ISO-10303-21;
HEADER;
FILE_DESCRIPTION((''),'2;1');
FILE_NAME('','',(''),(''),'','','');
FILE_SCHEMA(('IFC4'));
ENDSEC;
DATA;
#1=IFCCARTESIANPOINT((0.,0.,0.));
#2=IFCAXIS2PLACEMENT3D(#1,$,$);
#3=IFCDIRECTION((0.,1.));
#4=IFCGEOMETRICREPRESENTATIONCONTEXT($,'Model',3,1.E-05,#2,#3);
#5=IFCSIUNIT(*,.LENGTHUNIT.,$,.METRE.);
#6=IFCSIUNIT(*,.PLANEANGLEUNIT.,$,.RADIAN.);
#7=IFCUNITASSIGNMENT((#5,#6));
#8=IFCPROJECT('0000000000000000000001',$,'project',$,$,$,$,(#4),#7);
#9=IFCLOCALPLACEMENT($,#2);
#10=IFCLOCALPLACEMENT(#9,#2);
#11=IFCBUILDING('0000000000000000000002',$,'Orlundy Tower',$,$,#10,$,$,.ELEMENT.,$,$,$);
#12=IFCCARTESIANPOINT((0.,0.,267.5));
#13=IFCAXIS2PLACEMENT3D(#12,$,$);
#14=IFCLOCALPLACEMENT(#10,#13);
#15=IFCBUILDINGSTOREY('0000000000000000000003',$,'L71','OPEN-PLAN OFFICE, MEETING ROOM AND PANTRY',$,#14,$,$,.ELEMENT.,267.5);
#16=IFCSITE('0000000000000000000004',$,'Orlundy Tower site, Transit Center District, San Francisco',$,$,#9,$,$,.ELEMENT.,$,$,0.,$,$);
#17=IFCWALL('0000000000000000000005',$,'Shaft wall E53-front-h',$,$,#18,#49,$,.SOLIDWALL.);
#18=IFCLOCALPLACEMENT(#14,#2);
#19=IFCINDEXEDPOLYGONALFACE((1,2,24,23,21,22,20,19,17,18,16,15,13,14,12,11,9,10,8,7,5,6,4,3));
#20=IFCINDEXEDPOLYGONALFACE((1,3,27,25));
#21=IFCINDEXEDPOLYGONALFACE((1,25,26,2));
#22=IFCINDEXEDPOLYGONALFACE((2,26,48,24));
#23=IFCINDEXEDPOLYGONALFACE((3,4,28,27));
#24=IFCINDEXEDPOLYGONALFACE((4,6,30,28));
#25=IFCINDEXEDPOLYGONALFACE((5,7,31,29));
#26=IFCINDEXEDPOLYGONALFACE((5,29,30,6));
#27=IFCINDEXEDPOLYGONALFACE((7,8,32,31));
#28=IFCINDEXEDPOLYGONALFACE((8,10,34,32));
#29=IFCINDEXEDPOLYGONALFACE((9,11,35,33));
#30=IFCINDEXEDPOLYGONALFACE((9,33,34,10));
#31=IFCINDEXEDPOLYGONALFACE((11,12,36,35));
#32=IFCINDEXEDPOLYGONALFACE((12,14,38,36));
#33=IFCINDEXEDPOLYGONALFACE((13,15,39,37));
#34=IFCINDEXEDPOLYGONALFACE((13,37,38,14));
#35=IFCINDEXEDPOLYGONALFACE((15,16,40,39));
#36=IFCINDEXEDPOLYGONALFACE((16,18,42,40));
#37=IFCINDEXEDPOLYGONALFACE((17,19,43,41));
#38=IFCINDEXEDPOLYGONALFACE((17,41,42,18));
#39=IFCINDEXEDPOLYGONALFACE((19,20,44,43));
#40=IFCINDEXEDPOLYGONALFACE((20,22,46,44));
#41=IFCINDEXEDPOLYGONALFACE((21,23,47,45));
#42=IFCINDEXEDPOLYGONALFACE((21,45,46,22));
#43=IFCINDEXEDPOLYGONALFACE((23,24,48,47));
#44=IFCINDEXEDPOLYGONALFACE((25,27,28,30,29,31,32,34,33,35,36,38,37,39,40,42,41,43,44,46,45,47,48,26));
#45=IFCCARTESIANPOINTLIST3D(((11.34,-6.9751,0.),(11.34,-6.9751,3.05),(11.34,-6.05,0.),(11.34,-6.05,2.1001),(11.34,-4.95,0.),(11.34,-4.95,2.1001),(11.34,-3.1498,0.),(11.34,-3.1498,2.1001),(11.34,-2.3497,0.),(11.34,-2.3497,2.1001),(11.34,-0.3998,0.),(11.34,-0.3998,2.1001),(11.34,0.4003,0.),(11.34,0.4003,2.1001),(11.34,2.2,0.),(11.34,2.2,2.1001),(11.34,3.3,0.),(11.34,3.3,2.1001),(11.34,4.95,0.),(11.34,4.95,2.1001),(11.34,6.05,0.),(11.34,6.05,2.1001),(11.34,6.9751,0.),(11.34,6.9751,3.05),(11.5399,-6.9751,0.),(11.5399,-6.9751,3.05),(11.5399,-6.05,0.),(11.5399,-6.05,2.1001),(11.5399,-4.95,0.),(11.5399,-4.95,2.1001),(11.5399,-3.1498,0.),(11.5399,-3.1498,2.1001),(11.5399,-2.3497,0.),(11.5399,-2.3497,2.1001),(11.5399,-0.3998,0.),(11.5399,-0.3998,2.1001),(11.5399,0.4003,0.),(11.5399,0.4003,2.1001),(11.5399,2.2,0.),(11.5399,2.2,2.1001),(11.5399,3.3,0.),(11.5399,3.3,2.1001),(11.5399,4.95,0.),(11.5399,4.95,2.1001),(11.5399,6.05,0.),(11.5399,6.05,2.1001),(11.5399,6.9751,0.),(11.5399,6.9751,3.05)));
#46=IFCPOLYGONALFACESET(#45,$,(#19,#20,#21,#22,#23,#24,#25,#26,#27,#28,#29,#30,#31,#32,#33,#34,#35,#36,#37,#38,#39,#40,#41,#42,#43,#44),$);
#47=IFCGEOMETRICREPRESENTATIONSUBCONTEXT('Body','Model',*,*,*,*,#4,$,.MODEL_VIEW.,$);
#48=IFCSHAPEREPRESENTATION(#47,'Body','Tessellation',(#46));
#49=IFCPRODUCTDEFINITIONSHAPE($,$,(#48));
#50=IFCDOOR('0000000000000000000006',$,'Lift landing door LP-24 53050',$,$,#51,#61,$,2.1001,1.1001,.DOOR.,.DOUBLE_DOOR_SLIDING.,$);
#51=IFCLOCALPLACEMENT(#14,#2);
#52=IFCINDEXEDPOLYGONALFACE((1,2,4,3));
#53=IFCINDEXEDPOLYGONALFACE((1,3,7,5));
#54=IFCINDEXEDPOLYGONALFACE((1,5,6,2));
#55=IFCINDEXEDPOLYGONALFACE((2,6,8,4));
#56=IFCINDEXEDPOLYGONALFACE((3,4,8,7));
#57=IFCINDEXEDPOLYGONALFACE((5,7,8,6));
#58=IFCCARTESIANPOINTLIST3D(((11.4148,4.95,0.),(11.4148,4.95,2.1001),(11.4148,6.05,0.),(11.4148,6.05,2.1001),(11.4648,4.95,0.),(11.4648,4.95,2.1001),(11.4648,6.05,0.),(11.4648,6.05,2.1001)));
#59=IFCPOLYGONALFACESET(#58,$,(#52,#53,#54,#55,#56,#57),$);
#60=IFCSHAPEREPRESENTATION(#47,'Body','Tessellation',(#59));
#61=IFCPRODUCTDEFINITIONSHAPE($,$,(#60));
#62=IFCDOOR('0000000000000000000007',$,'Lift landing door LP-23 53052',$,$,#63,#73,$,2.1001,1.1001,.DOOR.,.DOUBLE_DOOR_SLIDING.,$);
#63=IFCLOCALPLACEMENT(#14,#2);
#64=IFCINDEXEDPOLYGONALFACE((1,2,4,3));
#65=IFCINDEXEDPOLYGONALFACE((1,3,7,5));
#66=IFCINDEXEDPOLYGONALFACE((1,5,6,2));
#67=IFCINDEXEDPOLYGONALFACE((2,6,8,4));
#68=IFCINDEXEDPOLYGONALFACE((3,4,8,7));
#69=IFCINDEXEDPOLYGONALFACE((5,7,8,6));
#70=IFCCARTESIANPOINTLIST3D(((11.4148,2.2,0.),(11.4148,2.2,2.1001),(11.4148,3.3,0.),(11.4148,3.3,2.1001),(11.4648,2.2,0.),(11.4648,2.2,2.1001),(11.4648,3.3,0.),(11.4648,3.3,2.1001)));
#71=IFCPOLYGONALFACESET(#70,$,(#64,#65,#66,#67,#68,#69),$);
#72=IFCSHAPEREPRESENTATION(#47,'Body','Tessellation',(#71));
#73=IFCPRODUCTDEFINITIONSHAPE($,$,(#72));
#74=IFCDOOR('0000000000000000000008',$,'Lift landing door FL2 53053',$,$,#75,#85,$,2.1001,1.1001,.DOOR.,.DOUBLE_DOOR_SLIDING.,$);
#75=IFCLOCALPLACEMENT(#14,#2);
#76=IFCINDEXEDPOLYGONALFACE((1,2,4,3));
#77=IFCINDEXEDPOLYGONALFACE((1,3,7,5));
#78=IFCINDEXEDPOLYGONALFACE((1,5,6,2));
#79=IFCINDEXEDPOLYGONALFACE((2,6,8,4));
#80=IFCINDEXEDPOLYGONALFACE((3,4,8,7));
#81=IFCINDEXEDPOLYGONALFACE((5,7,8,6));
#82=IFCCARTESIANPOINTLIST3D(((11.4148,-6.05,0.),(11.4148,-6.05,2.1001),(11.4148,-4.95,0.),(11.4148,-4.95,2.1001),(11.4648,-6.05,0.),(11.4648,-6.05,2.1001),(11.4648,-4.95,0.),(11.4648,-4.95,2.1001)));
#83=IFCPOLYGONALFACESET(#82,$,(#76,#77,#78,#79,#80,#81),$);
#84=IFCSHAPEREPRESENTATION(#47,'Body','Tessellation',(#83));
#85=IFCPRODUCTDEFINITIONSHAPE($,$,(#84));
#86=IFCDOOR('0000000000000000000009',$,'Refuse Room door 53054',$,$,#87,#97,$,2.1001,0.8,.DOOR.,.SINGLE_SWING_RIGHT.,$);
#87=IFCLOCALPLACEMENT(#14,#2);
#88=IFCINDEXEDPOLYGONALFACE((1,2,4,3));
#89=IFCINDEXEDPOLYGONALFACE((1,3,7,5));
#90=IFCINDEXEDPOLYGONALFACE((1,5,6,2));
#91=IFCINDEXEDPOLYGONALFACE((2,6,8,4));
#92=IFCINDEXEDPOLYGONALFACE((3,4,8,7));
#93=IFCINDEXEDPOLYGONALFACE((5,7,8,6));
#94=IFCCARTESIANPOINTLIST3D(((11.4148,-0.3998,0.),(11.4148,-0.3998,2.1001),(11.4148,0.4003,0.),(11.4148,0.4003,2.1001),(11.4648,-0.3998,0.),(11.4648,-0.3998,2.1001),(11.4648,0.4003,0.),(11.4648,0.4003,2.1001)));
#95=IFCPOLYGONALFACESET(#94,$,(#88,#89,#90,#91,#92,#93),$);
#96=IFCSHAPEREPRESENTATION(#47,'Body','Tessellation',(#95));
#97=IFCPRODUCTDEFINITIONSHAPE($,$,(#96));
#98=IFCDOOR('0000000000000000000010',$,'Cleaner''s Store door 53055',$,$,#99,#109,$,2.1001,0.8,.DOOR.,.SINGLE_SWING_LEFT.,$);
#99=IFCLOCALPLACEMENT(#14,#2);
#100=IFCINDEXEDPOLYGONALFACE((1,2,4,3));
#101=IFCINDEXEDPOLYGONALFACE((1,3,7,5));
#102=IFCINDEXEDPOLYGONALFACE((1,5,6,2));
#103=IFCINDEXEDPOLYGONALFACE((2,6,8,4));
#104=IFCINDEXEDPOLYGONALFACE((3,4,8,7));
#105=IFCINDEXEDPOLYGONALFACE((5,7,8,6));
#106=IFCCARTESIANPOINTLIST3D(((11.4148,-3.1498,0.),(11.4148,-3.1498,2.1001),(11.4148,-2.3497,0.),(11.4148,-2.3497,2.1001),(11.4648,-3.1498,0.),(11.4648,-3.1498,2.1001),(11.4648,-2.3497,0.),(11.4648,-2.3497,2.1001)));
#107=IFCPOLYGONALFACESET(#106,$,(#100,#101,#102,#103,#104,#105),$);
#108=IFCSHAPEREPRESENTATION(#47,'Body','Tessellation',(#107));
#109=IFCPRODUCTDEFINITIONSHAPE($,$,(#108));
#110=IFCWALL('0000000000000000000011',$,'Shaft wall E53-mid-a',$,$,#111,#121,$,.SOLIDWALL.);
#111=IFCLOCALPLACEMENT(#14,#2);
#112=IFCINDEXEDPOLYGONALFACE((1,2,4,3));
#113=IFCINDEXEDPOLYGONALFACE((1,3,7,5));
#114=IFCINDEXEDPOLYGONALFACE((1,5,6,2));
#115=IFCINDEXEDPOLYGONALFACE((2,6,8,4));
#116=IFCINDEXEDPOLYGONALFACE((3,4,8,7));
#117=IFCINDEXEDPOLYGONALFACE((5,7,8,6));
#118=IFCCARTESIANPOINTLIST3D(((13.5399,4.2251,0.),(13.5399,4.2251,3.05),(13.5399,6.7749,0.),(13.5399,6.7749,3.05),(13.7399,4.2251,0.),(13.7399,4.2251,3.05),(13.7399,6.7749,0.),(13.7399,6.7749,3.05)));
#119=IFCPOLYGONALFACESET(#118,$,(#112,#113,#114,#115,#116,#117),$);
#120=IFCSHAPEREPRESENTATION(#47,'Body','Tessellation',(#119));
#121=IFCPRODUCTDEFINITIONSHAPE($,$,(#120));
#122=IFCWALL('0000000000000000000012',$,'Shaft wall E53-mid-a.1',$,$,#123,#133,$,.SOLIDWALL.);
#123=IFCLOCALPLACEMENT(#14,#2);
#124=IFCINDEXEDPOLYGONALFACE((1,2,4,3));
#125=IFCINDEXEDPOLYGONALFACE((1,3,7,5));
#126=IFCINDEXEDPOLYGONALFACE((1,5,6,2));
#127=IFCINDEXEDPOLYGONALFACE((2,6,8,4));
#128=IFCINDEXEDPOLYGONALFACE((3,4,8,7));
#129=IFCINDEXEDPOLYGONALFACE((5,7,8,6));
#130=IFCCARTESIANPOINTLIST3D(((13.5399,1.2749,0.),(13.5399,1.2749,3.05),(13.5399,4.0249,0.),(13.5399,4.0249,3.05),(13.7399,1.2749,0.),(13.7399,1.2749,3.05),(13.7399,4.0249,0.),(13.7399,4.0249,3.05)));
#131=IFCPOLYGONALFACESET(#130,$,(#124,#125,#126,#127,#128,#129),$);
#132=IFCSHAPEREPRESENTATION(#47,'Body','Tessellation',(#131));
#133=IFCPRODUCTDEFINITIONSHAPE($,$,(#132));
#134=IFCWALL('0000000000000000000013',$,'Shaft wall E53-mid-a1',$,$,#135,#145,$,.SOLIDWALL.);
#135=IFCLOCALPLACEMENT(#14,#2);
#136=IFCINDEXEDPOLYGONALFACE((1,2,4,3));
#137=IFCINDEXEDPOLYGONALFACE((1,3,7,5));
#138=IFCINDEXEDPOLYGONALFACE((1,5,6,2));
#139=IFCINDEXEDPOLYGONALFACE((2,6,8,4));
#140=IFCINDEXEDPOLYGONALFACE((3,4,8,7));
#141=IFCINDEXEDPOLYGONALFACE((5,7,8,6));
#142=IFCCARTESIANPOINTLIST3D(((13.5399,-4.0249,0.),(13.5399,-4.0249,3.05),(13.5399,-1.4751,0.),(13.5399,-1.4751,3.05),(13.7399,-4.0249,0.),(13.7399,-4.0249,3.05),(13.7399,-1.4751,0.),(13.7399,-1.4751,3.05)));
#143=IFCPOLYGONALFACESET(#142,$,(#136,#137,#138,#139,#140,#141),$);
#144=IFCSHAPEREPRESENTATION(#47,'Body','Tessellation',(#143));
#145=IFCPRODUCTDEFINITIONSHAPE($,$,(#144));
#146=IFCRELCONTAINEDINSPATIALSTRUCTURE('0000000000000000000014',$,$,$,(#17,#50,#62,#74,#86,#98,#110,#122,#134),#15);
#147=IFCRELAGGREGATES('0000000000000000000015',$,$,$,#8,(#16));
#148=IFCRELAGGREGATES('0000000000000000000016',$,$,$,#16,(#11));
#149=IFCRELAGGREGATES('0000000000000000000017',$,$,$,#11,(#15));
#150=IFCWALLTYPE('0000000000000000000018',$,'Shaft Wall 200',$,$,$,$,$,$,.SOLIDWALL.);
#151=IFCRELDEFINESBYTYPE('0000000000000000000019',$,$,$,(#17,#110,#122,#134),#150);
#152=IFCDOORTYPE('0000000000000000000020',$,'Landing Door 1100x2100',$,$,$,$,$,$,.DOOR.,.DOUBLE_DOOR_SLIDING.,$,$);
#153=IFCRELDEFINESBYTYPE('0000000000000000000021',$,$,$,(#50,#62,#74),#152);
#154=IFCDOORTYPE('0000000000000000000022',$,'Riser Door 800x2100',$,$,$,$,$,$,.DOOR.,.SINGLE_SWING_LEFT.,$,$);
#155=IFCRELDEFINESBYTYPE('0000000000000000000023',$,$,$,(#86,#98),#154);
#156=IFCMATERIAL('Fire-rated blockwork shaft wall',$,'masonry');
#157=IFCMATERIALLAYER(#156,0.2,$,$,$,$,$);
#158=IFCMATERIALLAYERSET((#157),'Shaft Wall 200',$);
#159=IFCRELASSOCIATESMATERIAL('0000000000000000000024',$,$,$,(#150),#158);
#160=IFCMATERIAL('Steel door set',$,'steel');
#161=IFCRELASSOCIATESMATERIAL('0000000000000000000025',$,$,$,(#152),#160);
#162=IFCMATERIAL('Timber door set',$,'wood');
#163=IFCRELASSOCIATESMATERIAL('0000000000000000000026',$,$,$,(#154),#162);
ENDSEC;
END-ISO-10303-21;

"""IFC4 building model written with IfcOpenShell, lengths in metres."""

from ifc_helpers import new_model, si_unit, direction, frame, frame_2d, origin, place, context, subcontext, project, spatial, rectangle, extrude, material, layer, layer_set, type_object, element, fill, save


model = new_model("IFC4")

# Units and contexts
model_context = context("Model", 3, precision=1e-05, world=origin(), true_north=direction((0.0, 1.0)))
body_context = subcontext(model_context, "Body", "Model", "MODEL_VIEW")
ifc_project = project(units=[si_unit("LENGTHUNIT", "METRE"), si_unit("PLANEANGLEUNIT", "RADIAN")], contexts=[model_context])

# Site, building, storey
site_placement = place(None, origin())
site = spatial("IfcSite", under=ifc_project, at=site_placement, Name="Orlundy Tower site, Transit Center District, San Francisco", CompositionType="ELEMENT", RefElevation=0.0)
building_placement = place(site_placement, origin())
building = spatial("IfcBuilding", under=site, at=building_placement, Name="Orlundy Tower", CompositionType="ELEMENT")
storey_placement = place(building_placement, frame((0.0, 0.0, 267.5)))
storey = spatial("IfcBuildingStorey", under=building, at=storey_placement, Name="L71", Description="OPEN-PLAN OFFICE, MEETING ROOM AND PANTRY", CompositionType="ELEMENT", Elevation=267.5)

# Shared definitions
ifc_material_1 = material(Name="Fire-rated blockwork shaft wall", Category="masonry")
ifc_layer_1 = layer(ifc_material_1, 0.2)
ifc_layer_set_1 = layer_set([ifc_layer_1], Name="Shaft Wall 200")
wall_type_1 = type_object("IfcWallType", Name="Shaft Wall 200", PredefinedType="SOLIDWALL", material=ifc_layer_set_1)

# Wall, openings, doors
wall_1_placement = place(storey_placement, frame((11.4399, 6.9751, 0.0), z_axis=(0.0, 0.0, 1.0), x_axis=(0.0, -1.0, 0.0)))
wall_1 = element("IfcWall", 1, at=wall_1_placement, inside=storey, type_object=wall_type_1, Name="Shaft wall E53-front-h", PredefinedType="SOLIDWALL", context=body_context, shape_type="SweptSolid", body=[
    extrude(rectangle(XDim=13.9502, YDim=0.2, at=frame_2d((6.9751, 0.0))), origin(), (0.0, 0.0, 1.0), 3.05),
])
opening_1_placement = place(wall_1_placement, frame((0.925, 0.0, 0.0)))
opening_1 = element("IfcOpeningElement", 2, at=opening_1_placement, cuts=wall_1, PredefinedType="OPENING", context=body_context, shape_type="SweptSolid", body=[
    extrude(rectangle(XDim=1.1001, YDim=2.1001, at=frame_2d((0.55, 1.05))), frame((0.0, 0.1101, 0.0), z_axis=(0.0, -1.0, 0.0), x_axis=(1.0, 0.0, 0.0)), (0.0, 0.0, 1.0), 0.2202),
])
opening_2_placement = place(wall_1_placement, frame((3.675, 0.0, 0.0)))
opening_2 = element("IfcOpeningElement", 3, at=opening_2_placement, cuts=wall_1, PredefinedType="OPENING", context=body_context, shape_type="SweptSolid", body=[
    extrude(rectangle(XDim=1.1001, YDim=2.1001, at=frame_2d((0.55, 1.05))), frame((0.0, 0.1101, 0.0), z_axis=(0.0, -1.0, 0.0), x_axis=(1.0, 0.0, 0.0)), (0.0, 0.0, 1.0), 0.2202),
])
opening_3_placement = place(wall_1_placement, frame((11.925, 0.0, 0.0)))
opening_3 = element("IfcOpeningElement", 4, at=opening_3_placement, cuts=wall_1, PredefinedType="OPENING", context=body_context, shape_type="SweptSolid", body=[
    extrude(rectangle(XDim=1.1001, YDim=2.1001, at=frame_2d((0.55, 1.05))), frame((0.0, 0.1101, 0.0), z_axis=(0.0, -1.0, 0.0), x_axis=(1.0, 0.0, 0.0)), (0.0, 0.0, 1.0), 0.2202),
])
opening_4_placement = place(wall_1_placement, frame((6.575, 0.0, 0.0)))
opening_4 = element("IfcOpeningElement", 5, at=opening_4_placement, cuts=wall_1, PredefinedType="OPENING", context=body_context, shape_type="SweptSolid", body=[
    extrude(rectangle(XDim=0.8, YDim=2.1001, at=frame_2d((0.3999, 1.05))), frame((0.0, 0.1101, 0.0), z_axis=(0.0, -1.0, 0.0), x_axis=(1.0, 0.0, 0.0)), (0.0, 0.0, 1.0), 0.2202),
])
opening_5_placement = place(wall_1_placement, frame((9.325, 0.0, 0.0)))
opening_5 = element("IfcOpeningElement", 6, at=opening_5_placement, cuts=wall_1, PredefinedType="OPENING", context=body_context, shape_type="SweptSolid", body=[
    extrude(rectangle(XDim=0.8, YDim=2.1001, at=frame_2d((0.3999, 1.05))), frame((0.0, 0.1101, 0.0), z_axis=(0.0, -1.0, 0.0), x_axis=(1.0, 0.0, 0.0)), (0.0, 0.0, 1.0), 0.2202),
])
ifc_material_2 = material(Name="Steel door set", Category="steel")
door_type_1 = type_object("IfcDoorType", Name="Landing Door 1100x2100", OperationType="DOUBLE_DOOR_SLIDING", PredefinedType="DOOR", material=ifc_material_2)
door_1_placement = place(opening_1_placement, origin())
door_1 = element("IfcDoor", 7, at=door_1_placement, inside=storey, type_object=door_type_1, Name="Lift landing door LP-24 53050", OperationType="DOUBLE_DOOR_SLIDING", OverallHeight=2.1001, OverallWidth=1.1001, PredefinedType="DOOR", context=body_context, shape_type="SweptSolid", body=[
    extrude(rectangle(XDim=1.1001, YDim=2.1001, at=frame_2d((0.55, 1.05))), frame((0.0, 0.0249, 0.0), z_axis=(0.0, -1.0, 0.0), x_axis=(1.0, 0.0, 0.0)), (0.0, 0.0, 1.0), 0.05),
])
fill(opening_1, door_1)
door_2_placement = place(opening_2_placement, origin())
door_2 = element("IfcDoor", 8, at=door_2_placement, inside=storey, type_object=door_type_1, Name="Lift landing door LP-23 53052", OperationType="DOUBLE_DOOR_SLIDING", OverallHeight=2.1001, OverallWidth=1.1001, PredefinedType="DOOR", context=body_context, shape_type="SweptSolid", body=[
    extrude(rectangle(XDim=1.1001, YDim=2.1001, at=frame_2d((0.55, 1.05))), frame((0.0, 0.0249, 0.0), z_axis=(0.0, -1.0, 0.0), x_axis=(1.0, 0.0, 0.0)), (0.0, 0.0, 1.0), 0.05),
])
fill(opening_2, door_2)
door_3_placement = place(opening_3_placement, origin())
door_3 = element("IfcDoor", 9, at=door_3_placement, inside=storey, type_object=door_type_1, Name="Lift landing door FL2 53053", OperationType="DOUBLE_DOOR_SLIDING", OverallHeight=2.1001, OverallWidth=1.1001, PredefinedType="DOOR", context=body_context, shape_type="SweptSolid", body=[
    extrude(rectangle(XDim=1.1001, YDim=2.1001, at=frame_2d((0.55, 1.05))), frame((0.0, 0.0249, 0.0), z_axis=(0.0, -1.0, 0.0), x_axis=(1.0, 0.0, 0.0)), (0.0, 0.0, 1.0), 0.05),
])
fill(opening_3, door_3)
ifc_material_3 = material(Name="Timber door set", Category="wood")
door_type_2 = type_object("IfcDoorType", Name="Riser Door 800x2100", OperationType="SINGLE_SWING_LEFT", PredefinedType="DOOR", material=ifc_material_3)
door_4_placement = place(opening_4_placement, origin())
door_4 = element("IfcDoor", 10, at=door_4_placement, inside=storey, type_object=door_type_2, Name="Refuse Room door 53054", OperationType="SINGLE_SWING_RIGHT", OverallHeight=2.1001, OverallWidth=0.8, PredefinedType="DOOR", context=body_context, shape_type="SweptSolid", body=[
    extrude(rectangle(XDim=0.8, YDim=2.1001, at=frame_2d((0.3999, 1.05))), frame((0.0, 0.0249, 0.0), z_axis=(0.0, -1.0, 0.0), x_axis=(1.0, 0.0, 0.0)), (0.0, 0.0, 1.0), 0.05),
])
fill(opening_4, door_4)
door_5_placement = place(opening_5_placement, origin())
door_5 = element("IfcDoor", 11, at=door_5_placement, inside=storey, type_object=door_type_2, Name="Cleaner's Store door 53055", OperationType="SINGLE_SWING_LEFT", OverallHeight=2.1001, OverallWidth=0.8, PredefinedType="DOOR", context=body_context, shape_type="SweptSolid", body=[
    extrude(rectangle(XDim=0.8, YDim=2.1001, at=frame_2d((0.3999, 1.05))), frame((0.0, 0.0249, 0.0), z_axis=(0.0, -1.0, 0.0), x_axis=(1.0, 0.0, 0.0)), (0.0, 0.0, 1.0), 0.05),
])
fill(opening_5, door_5)

# Walls
wall_2_placement = place(storey_placement, frame((13.6399, 6.7749, 0.0), z_axis=(0.0, 0.0, 1.0), x_axis=(0.0, -1.0, 0.0)))
element("IfcWall", 12, at=wall_2_placement, inside=storey, type_object=wall_type_1, Name="Shaft wall E53-mid-a", PredefinedType="SOLIDWALL", context=body_context, shape_type="SweptSolid", body=[
    extrude(rectangle(XDim=2.5498, YDim=0.2, at=frame_2d((1.2749, 0.0))), origin(), (0.0, 0.0, 1.0), 3.05),
])
wall_3_placement = place(storey_placement, frame((13.6399, 4.0249, 0.0), z_axis=(0.0, 0.0, 1.0), x_axis=(0.0, -1.0, 0.0)))
element("IfcWall", 13, at=wall_3_placement, inside=storey, type_object=wall_type_1, Name="Shaft wall E53-mid-a.1", PredefinedType="SOLIDWALL", context=body_context, shape_type="SweptSolid", body=[
    extrude(rectangle(XDim=2.75, YDim=0.2, at=frame_2d((1.375, 0.0))), origin(), (0.0, 0.0, 1.0), 3.05),
])
wall_4_placement = place(storey_placement, frame((13.6399, -1.4751, 0.0), z_axis=(0.0, 0.0, 1.0), x_axis=(0.0, -1.0, 0.0)))
element("IfcWall", 14, at=wall_4_placement, inside=storey, type_object=wall_type_1, Name="Shaft wall E53-mid-a1", PredefinedType="SOLIDWALL", context=body_context, shape_type="SweptSolid", body=[
    extrude(rectangle(XDim=2.5498, YDim=0.2, at=frame_2d((1.2749, 0.0))), origin(), (0.0, 0.0, 1.0), 3.05),
])

save(model, "model.ifc")
